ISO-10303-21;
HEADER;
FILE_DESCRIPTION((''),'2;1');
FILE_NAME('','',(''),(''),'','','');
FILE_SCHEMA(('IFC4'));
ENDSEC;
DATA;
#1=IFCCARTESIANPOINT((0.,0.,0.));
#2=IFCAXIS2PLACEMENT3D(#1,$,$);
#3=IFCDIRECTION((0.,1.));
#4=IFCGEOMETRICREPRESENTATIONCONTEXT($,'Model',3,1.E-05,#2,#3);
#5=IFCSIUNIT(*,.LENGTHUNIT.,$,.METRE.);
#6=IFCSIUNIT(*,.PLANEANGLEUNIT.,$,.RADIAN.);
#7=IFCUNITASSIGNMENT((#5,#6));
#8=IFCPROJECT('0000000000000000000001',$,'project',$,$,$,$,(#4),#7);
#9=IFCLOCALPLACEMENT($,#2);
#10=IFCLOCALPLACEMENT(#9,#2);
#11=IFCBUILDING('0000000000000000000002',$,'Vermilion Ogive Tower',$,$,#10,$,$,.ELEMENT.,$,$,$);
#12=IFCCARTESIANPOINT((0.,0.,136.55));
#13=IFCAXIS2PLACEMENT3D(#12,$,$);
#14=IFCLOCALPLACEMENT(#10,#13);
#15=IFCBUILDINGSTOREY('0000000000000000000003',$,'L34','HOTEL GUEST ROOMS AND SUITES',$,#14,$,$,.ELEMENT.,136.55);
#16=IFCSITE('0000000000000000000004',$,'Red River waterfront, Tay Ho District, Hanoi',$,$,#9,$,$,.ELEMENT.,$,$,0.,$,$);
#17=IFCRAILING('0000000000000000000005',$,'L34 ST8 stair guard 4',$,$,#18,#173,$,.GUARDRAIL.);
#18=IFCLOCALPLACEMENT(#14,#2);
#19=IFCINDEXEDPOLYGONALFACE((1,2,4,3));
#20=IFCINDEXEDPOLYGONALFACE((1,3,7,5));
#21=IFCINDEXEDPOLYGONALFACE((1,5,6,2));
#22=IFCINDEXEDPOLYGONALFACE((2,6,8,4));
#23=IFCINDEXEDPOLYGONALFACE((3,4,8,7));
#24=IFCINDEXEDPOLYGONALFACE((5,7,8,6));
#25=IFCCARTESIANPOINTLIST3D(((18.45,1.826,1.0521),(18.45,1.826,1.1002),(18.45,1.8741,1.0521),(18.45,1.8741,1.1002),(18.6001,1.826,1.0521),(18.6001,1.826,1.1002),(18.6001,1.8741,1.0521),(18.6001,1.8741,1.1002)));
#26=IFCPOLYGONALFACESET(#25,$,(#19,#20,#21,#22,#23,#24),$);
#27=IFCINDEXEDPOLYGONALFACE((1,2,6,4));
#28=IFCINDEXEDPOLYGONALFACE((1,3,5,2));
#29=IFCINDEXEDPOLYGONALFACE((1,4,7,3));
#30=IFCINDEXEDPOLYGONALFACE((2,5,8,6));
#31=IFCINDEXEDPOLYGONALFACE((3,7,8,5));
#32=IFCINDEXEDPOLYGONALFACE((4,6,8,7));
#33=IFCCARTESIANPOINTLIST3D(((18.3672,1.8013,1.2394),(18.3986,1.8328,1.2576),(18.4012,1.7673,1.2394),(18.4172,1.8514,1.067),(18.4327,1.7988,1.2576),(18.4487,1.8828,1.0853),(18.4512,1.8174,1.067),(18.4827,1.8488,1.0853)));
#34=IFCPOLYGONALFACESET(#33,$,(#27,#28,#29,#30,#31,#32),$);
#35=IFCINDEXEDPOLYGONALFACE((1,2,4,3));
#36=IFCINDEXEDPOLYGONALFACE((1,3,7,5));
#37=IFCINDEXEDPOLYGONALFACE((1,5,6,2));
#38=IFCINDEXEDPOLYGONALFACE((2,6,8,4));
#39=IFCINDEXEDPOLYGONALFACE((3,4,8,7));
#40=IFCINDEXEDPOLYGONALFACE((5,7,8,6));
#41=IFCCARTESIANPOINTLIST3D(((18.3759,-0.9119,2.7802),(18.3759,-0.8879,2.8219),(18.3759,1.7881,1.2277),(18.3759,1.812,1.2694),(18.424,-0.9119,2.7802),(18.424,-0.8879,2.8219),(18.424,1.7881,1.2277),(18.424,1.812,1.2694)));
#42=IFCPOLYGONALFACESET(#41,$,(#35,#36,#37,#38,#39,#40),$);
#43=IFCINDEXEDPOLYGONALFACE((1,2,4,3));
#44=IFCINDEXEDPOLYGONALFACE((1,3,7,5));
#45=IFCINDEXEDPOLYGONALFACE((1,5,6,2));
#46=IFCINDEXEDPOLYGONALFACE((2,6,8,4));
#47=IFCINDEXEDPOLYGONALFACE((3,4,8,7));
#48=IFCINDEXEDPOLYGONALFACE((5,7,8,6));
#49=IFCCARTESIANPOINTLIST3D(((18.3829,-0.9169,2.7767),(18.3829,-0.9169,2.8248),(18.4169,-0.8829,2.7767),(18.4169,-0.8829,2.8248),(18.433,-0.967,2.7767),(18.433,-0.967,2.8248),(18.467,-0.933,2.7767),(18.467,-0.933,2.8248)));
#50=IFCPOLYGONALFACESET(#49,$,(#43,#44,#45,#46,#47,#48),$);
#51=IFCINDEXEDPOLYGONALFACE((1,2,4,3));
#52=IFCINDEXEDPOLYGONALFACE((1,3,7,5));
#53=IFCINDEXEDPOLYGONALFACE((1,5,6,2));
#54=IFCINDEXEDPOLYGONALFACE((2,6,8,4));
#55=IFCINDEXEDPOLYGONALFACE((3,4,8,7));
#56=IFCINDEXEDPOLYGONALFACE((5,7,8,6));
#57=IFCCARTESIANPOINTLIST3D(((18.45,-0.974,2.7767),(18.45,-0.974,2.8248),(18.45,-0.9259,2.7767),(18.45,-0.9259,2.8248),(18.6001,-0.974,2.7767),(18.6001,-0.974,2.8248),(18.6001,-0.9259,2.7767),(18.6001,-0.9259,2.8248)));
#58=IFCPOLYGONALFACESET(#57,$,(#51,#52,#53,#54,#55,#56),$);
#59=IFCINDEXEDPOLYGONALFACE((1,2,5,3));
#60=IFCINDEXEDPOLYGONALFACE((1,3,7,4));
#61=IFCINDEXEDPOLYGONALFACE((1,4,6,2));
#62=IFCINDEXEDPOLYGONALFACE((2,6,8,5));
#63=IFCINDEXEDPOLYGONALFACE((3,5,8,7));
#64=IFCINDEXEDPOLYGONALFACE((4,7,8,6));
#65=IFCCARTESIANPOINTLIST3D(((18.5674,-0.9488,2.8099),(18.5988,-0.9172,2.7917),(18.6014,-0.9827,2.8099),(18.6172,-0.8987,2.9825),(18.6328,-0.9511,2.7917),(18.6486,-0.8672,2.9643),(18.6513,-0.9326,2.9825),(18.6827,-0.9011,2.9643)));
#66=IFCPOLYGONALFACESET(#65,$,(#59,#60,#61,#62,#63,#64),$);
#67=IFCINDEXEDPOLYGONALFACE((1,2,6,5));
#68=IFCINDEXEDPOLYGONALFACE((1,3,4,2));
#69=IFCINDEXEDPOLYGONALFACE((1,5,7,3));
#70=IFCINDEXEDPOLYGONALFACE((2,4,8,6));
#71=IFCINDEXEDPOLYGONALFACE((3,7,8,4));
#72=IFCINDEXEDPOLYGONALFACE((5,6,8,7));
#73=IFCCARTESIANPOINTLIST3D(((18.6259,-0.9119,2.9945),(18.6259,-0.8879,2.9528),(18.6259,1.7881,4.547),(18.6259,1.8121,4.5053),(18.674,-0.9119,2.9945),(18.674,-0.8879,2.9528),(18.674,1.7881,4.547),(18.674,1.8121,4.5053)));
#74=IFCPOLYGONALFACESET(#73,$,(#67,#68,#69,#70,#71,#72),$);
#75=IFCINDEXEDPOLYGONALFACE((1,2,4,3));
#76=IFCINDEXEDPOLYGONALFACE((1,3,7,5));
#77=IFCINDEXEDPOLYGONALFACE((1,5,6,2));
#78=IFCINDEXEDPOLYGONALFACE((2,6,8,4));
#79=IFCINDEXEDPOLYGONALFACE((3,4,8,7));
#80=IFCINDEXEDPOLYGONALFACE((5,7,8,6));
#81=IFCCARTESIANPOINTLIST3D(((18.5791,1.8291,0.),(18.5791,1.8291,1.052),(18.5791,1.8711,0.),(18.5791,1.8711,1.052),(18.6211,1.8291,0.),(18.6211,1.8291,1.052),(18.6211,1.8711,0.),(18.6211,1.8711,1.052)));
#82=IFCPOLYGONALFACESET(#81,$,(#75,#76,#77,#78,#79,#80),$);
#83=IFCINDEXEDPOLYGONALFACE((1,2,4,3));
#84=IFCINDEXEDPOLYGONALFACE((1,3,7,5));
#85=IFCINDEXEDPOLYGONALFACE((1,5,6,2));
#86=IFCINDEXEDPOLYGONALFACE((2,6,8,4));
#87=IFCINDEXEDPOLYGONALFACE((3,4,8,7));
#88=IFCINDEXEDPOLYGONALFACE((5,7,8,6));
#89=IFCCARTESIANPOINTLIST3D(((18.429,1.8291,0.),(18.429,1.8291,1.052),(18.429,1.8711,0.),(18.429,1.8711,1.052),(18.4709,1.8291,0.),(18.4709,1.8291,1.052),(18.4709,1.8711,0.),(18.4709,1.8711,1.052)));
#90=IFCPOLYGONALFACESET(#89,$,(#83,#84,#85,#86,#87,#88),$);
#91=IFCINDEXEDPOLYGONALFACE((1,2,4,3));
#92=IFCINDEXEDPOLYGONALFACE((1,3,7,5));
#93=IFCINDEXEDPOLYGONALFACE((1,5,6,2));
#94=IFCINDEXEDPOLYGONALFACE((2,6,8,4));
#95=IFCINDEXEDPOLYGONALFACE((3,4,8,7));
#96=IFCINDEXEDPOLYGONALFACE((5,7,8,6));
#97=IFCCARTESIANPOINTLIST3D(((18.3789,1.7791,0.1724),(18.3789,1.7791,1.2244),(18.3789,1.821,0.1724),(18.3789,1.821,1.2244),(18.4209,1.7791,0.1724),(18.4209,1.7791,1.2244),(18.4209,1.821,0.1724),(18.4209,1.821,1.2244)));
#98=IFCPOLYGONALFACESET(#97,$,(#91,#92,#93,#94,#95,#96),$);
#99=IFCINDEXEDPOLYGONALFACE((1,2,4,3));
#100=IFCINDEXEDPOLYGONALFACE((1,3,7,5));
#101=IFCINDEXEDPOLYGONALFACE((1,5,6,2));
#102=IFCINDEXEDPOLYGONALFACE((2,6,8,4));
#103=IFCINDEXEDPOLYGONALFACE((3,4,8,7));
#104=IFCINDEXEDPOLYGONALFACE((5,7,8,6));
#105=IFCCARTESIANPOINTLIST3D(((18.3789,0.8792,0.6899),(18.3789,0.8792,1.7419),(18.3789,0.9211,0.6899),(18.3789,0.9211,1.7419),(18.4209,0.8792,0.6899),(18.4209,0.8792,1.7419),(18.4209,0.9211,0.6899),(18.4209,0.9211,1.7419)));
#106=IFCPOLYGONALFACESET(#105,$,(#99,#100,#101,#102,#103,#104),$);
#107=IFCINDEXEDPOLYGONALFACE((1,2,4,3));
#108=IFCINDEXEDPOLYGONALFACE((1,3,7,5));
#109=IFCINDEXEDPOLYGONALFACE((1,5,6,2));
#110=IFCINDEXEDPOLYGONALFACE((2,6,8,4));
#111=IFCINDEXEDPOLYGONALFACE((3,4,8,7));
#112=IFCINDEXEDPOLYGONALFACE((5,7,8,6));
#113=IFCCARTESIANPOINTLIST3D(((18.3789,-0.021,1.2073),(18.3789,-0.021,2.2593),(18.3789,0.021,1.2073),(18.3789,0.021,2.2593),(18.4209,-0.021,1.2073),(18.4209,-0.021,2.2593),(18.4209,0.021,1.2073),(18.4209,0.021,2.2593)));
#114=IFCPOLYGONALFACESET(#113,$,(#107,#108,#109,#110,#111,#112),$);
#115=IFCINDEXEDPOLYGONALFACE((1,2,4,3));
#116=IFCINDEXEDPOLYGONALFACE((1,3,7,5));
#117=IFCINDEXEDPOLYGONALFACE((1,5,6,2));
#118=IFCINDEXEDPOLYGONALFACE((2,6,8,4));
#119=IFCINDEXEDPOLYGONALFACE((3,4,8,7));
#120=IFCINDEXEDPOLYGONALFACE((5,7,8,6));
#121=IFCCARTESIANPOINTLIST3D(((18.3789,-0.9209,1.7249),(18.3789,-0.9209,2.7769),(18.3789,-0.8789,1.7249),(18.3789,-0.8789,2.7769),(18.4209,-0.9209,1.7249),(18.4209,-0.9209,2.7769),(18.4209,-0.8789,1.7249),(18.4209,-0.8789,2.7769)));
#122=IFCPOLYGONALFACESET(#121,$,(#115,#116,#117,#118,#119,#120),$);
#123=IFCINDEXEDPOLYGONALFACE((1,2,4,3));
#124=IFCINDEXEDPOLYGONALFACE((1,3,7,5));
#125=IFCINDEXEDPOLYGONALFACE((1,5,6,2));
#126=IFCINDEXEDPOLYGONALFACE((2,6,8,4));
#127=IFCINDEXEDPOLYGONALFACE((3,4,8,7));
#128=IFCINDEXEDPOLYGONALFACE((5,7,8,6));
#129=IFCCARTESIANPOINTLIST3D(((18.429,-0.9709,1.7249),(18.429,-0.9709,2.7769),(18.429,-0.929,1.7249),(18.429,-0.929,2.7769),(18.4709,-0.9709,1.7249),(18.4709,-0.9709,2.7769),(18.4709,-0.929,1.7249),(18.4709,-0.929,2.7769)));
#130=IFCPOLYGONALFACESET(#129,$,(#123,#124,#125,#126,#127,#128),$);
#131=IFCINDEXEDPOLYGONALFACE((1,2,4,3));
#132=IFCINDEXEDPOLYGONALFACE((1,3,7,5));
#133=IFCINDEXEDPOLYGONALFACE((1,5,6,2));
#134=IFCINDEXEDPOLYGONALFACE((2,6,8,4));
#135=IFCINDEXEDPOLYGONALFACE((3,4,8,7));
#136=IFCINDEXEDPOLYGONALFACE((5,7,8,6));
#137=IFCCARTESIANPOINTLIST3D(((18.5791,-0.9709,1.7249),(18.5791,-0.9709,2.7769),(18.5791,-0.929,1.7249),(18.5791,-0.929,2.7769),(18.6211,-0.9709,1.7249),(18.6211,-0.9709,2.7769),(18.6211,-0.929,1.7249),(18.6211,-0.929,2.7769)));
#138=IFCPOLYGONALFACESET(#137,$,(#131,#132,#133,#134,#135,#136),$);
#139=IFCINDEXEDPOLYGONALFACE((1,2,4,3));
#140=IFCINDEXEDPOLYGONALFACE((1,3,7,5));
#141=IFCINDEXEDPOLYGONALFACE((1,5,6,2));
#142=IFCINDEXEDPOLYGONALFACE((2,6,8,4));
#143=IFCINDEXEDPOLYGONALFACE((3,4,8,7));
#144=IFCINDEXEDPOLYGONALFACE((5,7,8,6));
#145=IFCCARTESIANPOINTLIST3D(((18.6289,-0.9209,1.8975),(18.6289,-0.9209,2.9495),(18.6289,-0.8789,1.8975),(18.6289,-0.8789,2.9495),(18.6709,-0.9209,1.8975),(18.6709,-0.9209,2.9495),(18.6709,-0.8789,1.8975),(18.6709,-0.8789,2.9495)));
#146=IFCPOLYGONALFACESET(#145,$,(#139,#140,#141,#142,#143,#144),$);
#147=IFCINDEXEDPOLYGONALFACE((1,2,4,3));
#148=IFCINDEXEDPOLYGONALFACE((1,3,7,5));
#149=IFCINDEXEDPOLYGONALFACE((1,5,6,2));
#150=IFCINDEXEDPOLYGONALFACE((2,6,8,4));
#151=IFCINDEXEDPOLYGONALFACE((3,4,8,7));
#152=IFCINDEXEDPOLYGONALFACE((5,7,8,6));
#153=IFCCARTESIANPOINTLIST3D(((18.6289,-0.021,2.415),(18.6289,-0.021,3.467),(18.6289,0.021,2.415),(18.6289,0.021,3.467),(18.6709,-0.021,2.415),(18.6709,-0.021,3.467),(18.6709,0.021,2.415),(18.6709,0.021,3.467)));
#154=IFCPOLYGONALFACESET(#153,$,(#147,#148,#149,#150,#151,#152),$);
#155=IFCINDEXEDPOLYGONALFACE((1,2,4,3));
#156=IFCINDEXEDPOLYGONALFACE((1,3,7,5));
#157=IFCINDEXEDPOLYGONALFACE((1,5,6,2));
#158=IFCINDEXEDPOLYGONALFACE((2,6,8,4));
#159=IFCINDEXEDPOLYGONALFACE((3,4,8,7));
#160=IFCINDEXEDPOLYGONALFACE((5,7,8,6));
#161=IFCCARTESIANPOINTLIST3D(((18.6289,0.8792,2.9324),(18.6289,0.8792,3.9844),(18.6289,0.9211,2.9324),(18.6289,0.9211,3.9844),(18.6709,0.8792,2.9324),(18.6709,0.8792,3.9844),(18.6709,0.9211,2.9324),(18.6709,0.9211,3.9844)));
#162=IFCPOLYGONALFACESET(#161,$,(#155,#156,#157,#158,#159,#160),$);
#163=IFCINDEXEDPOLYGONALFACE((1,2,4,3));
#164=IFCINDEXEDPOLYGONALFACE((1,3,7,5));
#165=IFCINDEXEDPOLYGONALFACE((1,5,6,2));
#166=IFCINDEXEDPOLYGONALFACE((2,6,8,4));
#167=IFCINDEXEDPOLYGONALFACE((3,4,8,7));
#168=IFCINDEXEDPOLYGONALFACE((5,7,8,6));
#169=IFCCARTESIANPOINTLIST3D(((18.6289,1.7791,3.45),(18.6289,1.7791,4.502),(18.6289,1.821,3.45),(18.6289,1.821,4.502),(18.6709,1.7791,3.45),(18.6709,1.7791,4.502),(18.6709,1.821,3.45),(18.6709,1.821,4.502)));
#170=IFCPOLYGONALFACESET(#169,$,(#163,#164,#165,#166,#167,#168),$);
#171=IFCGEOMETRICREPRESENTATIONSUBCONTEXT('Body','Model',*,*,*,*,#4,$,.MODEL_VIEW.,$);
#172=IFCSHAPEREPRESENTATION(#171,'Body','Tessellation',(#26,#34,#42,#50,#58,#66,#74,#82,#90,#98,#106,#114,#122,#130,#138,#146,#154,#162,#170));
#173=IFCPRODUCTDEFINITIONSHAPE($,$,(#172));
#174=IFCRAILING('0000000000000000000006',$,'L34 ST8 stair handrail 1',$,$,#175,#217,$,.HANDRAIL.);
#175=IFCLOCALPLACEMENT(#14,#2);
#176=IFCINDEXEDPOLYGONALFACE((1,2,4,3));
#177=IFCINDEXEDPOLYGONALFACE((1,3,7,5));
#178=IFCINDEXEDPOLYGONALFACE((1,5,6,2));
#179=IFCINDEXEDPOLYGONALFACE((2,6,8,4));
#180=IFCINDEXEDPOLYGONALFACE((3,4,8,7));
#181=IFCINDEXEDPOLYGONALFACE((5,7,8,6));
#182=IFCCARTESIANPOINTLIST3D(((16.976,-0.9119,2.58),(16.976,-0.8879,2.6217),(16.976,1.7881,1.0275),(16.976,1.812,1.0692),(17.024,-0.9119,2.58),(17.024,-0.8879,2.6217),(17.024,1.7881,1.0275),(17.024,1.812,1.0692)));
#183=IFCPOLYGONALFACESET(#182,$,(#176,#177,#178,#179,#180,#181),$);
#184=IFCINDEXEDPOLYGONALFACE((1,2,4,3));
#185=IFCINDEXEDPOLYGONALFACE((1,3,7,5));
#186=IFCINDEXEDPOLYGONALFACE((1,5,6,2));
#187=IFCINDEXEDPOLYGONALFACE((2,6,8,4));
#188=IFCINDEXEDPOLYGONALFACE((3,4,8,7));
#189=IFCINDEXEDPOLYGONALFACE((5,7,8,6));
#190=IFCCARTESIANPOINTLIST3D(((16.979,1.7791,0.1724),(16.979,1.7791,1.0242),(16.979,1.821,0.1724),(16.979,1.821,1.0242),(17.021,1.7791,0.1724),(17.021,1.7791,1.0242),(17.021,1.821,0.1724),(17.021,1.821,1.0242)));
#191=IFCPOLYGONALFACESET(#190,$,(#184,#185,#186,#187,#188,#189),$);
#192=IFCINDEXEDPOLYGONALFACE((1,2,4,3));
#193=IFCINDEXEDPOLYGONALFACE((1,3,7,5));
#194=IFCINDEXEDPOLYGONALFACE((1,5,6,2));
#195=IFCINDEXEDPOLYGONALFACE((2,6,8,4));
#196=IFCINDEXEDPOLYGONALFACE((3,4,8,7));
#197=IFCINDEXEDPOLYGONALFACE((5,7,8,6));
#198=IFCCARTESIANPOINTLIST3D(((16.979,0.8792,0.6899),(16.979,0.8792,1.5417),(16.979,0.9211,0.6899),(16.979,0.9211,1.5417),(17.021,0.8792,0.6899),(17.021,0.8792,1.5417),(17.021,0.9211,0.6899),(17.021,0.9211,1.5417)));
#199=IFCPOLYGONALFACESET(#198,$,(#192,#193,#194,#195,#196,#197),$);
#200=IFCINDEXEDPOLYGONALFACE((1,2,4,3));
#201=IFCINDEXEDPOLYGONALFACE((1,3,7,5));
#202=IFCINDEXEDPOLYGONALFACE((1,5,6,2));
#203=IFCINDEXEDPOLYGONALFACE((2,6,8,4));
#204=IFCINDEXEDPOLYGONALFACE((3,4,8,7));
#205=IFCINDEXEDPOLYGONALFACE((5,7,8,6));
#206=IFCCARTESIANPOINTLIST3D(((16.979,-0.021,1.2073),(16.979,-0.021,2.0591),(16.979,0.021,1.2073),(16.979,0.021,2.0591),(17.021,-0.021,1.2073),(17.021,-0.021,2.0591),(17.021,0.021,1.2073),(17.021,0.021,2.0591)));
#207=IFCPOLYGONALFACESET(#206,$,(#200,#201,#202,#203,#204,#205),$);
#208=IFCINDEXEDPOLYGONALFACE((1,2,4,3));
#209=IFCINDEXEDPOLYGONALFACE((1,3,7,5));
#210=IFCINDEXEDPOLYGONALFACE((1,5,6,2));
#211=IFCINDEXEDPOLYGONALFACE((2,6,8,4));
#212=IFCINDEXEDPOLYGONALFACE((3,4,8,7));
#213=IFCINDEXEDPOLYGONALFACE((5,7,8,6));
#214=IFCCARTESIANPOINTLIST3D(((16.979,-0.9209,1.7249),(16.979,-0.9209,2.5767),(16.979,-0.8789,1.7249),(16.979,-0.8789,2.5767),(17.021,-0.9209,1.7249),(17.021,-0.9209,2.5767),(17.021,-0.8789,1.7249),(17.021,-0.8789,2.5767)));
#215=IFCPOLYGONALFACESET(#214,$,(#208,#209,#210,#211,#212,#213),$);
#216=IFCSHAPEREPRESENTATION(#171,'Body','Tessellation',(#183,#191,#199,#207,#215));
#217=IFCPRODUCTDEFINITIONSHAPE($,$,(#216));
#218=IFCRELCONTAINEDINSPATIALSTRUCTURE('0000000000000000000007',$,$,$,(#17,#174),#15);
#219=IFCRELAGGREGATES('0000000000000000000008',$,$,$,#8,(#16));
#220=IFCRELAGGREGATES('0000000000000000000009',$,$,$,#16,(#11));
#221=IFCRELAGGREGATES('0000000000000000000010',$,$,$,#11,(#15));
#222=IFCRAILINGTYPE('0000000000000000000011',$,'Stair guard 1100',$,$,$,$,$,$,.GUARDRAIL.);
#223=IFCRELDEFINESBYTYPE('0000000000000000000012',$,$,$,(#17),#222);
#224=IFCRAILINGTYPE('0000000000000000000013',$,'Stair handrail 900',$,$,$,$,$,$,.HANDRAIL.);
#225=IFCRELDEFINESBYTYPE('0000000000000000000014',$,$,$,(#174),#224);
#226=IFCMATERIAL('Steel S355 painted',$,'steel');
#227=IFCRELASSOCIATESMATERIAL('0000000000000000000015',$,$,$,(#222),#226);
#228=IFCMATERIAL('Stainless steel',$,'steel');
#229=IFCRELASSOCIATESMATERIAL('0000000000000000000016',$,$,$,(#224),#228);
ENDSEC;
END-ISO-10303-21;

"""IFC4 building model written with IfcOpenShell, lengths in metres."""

from ifc_helpers import new_model, si_unit, direction, frame, origin, origin_2d, place, context, subcontext, project, spatial, rectangle, extrude, material, type_object, element, save


model = new_model("IFC4")

# Units and contexts
model_context = context("Model", 3, precision=1e-05, world=origin(), true_north=direction((0.0, 1.0)))
body_context = subcontext(model_context, "Body", "Model", "MODEL_VIEW")
ifc_project = project(units=[si_unit("LENGTHUNIT", "METRE"), si_unit("PLANEANGLEUNIT", "RADIAN")], contexts=[model_context])

# Site, building, storey
site_placement = place(None, origin())
site = spatial("IfcSite", under=ifc_project, at=site_placement, Name="Red River waterfront, Tay Ho District, Hanoi", CompositionType="ELEMENT", RefElevation=0.0)
building_placement = place(site_placement, origin())
building = spatial("IfcBuilding", under=site, at=building_placement, Name="Vermilion Ogive Tower", CompositionType="ELEMENT")
storey_placement = place(building_placement, frame((0.0, 0.0, 136.55)))
storey = spatial("IfcBuildingStorey", under=building, at=storey_placement, Name="L34", Description="HOTEL GUEST ROOMS AND SUITES", CompositionType="ELEMENT", Elevation=136.55)

# Railings
ifc_material_1 = material(Name="Steel S355 painted", Category="steel")
railing_type_1 = type_object("IfcRailingType", Name="Stair guard 1100", PredefinedType="GUARDRAIL", material=ifc_material_1)
railing_1_placement = place(storey_placement, frame((18.6001, 1.8501, 0.0)))
element("IfcRailing", 1, at=railing_1_placement, inside=storey, type_object=railing_type_1, Name="L34 ST8 stair guard 4", PredefinedType="GUARDRAIL", context=body_context, shape_type="SweptSolid", body=[
    extrude(rectangle(XDim=0.0481, YDim=0.0481, at=origin_2d()), frame((0.0, 0.0, 1.0762), z_axis=(-1.0, 0.0, 0.0), x_axis=(0.0, -1.0, 0.0)), (0.0, 0.0, 1.0), 0.1501),
    extrude(rectangle(XDim=0.0481, YDim=0.0481, at=origin_2d()), frame((-0.1501, 0.0, 1.0762), z_axis=(-0.268603, -0.268603, 0.925043), x_axis=(0.707107, -0.707107, 0.0)), (0.0, 0.0, 1.0), 0.1863),
    extrude(rectangle(XDim=0.0481, YDim=0.0481, at=origin_2d()), frame((-0.2002, -0.05, 1.2485), z_axis=(0.0, -0.866904, 0.498476), x_axis=(1.0, 0.0, 0.0)), (0.0, 0.0, 1.0), 3.1145),
    extrude(rectangle(XDim=0.0481, YDim=0.0481, at=origin_2d()), frame((-0.2002, -2.75, 2.8008), z_axis=(0.707107, -0.707107, 0.0), x_axis=(0.707107, 0.707107, 0.0)), (0.0, 0.0, 1.0), 0.0708),
    extrude(rectangle(XDim=0.0481, YDim=0.0481, at=origin_2d()), frame((-0.1501, -2.8, 2.8008), z_axis=(1.0, 0.0, 0.0), x_axis=(0.0, 1.0, 0.0)), (0.0, 0.0, 1.0), 0.1501),
    extrude(rectangle(XDim=0.0481, YDim=0.0481, at=origin_2d()), frame((0.0, -2.8, 2.8008), z_axis=(0.267063, 0.268372, 0.925556), x_axis=(-0.708834, 0.705376, 0.0)), (0.0, 0.0, 1.0), 0.1865),
    extrude(rectangle(XDim=0.0481, YDim=0.0481, at=origin_2d()), frame((0.0498, -2.75, 2.9736), z_axis=(0.0, 0.866904, 0.498476), x_axis=(-1.0, 0.0, 0.0)), (0.0, 0.0, 1.0), 3.1145),
    extrude(rectangle(XDim=0.042, YDim=0.042, at=origin_2d()), origin(), (0.0, 0.0, 1.0), 1.052),
    extrude(rectangle(XDim=0.042, YDim=0.042, at=origin_2d()), frame((-0.1501, 0.0, 0.0)), (0.0, 0.0, 1.0), 1.052),
    extrude(rectangle(XDim=0.042, YDim=0.042, at=origin_2d()), frame((-0.2002, -0.05, 0.1724)), (0.0, 0.0, 1.0), 1.052),
    extrude(rectangle(XDim=0.042, YDim=0.042, at=origin_2d()), frame((-0.2002, -0.95, 0.6899)), (0.0, 0.0, 1.0), 1.052),
    extrude(rectangle(XDim=0.042, YDim=0.042, at=origin_2d()), frame((-0.2002, -1.8501, 1.2073)), (0.0, 0.0, 1.0), 1.052),
    extrude(rectangle(XDim=0.042, YDim=0.042, at=origin_2d()), frame((-0.2002, -2.75, 1.7249)), (0.0, 0.0, 1.0), 1.052),
    extrude(rectangle(XDim=0.042, YDim=0.042, at=origin_2d()), frame((-0.1501, -2.8, 1.7249)), (0.0, 0.0, 1.0), 1.052),
    extrude(rectangle(XDim=0.042, YDim=0.042, at=origin_2d()), frame((0.0, -2.8, 1.7249)), (0.0, 0.0, 1.0), 1.052),
    extrude(rectangle(XDim=0.042, YDim=0.042, at=origin_2d()), frame((0.0498, -2.75, 1.8975)), (0.0, 0.0, 1.0), 1.052),
    extrude(rectangle(XDim=0.042, YDim=0.042, at=origin_2d()), frame((0.0498, -1.8501, 2.415)), (0.0, 0.0, 1.0), 1.052),
    extrude(rectangle(XDim=0.042, YDim=0.042, at=origin_2d()), frame((0.0498, -0.95, 2.9324)), (0.0, 0.0, 1.0), 1.052),
    extrude(rectangle(XDim=0.042, YDim=0.042, at=origin_2d()), frame((0.0498, -0.05, 3.45)), (0.0, 0.0, 1.0), 1.052),
])
ifc_material_2 = material(Name="Stainless steel", Category="steel")
railing_type_2 = type_object("IfcRailingType", Name="Stair handrail 900", PredefinedType="HANDRAIL", material=ifc_material_2)
railing_2_placement = place(storey_placement, frame((17.0, 1.8, 0.1724)))
element("IfcRailing", 2, at=railing_2_placement, inside=storey, type_object=railing_type_2, Name="L34 ST8 stair handrail 1", PredefinedType="HANDRAIL", context=body_context, shape_type="SweptSolid", body=[
    extrude(rectangle(XDim=0.0481, YDim=0.0481, at=origin_2d()), frame((0.0, 0.0, 0.876), z_axis=(0.0, -0.866904, 0.498476), x_axis=(1.0, 0.0, 0.0)), (0.0, 0.0, 1.0), 3.1145),
    extrude(rectangle(XDim=0.042, YDim=0.042, at=origin_2d()), origin(), (0.0, 0.0, 1.0), 0.8518),
    extrude(rectangle(XDim=0.042, YDim=0.042, at=origin_2d()), frame((0.0, -0.8999, 0.5176)), (0.0, 0.0, 1.0), 0.8518),
    extrude(rectangle(XDim=0.042, YDim=0.042, at=origin_2d()), frame((0.0, -1.8, 1.0349)), (0.0, 0.0, 1.0), 0.8518),
    extrude(rectangle(XDim=0.042, YDim=0.042, at=origin_2d()), frame((0.0, -2.7, 1.5525)), (0.0, 0.0, 1.0), 0.8518),
])

save(model, "model.ifc")
